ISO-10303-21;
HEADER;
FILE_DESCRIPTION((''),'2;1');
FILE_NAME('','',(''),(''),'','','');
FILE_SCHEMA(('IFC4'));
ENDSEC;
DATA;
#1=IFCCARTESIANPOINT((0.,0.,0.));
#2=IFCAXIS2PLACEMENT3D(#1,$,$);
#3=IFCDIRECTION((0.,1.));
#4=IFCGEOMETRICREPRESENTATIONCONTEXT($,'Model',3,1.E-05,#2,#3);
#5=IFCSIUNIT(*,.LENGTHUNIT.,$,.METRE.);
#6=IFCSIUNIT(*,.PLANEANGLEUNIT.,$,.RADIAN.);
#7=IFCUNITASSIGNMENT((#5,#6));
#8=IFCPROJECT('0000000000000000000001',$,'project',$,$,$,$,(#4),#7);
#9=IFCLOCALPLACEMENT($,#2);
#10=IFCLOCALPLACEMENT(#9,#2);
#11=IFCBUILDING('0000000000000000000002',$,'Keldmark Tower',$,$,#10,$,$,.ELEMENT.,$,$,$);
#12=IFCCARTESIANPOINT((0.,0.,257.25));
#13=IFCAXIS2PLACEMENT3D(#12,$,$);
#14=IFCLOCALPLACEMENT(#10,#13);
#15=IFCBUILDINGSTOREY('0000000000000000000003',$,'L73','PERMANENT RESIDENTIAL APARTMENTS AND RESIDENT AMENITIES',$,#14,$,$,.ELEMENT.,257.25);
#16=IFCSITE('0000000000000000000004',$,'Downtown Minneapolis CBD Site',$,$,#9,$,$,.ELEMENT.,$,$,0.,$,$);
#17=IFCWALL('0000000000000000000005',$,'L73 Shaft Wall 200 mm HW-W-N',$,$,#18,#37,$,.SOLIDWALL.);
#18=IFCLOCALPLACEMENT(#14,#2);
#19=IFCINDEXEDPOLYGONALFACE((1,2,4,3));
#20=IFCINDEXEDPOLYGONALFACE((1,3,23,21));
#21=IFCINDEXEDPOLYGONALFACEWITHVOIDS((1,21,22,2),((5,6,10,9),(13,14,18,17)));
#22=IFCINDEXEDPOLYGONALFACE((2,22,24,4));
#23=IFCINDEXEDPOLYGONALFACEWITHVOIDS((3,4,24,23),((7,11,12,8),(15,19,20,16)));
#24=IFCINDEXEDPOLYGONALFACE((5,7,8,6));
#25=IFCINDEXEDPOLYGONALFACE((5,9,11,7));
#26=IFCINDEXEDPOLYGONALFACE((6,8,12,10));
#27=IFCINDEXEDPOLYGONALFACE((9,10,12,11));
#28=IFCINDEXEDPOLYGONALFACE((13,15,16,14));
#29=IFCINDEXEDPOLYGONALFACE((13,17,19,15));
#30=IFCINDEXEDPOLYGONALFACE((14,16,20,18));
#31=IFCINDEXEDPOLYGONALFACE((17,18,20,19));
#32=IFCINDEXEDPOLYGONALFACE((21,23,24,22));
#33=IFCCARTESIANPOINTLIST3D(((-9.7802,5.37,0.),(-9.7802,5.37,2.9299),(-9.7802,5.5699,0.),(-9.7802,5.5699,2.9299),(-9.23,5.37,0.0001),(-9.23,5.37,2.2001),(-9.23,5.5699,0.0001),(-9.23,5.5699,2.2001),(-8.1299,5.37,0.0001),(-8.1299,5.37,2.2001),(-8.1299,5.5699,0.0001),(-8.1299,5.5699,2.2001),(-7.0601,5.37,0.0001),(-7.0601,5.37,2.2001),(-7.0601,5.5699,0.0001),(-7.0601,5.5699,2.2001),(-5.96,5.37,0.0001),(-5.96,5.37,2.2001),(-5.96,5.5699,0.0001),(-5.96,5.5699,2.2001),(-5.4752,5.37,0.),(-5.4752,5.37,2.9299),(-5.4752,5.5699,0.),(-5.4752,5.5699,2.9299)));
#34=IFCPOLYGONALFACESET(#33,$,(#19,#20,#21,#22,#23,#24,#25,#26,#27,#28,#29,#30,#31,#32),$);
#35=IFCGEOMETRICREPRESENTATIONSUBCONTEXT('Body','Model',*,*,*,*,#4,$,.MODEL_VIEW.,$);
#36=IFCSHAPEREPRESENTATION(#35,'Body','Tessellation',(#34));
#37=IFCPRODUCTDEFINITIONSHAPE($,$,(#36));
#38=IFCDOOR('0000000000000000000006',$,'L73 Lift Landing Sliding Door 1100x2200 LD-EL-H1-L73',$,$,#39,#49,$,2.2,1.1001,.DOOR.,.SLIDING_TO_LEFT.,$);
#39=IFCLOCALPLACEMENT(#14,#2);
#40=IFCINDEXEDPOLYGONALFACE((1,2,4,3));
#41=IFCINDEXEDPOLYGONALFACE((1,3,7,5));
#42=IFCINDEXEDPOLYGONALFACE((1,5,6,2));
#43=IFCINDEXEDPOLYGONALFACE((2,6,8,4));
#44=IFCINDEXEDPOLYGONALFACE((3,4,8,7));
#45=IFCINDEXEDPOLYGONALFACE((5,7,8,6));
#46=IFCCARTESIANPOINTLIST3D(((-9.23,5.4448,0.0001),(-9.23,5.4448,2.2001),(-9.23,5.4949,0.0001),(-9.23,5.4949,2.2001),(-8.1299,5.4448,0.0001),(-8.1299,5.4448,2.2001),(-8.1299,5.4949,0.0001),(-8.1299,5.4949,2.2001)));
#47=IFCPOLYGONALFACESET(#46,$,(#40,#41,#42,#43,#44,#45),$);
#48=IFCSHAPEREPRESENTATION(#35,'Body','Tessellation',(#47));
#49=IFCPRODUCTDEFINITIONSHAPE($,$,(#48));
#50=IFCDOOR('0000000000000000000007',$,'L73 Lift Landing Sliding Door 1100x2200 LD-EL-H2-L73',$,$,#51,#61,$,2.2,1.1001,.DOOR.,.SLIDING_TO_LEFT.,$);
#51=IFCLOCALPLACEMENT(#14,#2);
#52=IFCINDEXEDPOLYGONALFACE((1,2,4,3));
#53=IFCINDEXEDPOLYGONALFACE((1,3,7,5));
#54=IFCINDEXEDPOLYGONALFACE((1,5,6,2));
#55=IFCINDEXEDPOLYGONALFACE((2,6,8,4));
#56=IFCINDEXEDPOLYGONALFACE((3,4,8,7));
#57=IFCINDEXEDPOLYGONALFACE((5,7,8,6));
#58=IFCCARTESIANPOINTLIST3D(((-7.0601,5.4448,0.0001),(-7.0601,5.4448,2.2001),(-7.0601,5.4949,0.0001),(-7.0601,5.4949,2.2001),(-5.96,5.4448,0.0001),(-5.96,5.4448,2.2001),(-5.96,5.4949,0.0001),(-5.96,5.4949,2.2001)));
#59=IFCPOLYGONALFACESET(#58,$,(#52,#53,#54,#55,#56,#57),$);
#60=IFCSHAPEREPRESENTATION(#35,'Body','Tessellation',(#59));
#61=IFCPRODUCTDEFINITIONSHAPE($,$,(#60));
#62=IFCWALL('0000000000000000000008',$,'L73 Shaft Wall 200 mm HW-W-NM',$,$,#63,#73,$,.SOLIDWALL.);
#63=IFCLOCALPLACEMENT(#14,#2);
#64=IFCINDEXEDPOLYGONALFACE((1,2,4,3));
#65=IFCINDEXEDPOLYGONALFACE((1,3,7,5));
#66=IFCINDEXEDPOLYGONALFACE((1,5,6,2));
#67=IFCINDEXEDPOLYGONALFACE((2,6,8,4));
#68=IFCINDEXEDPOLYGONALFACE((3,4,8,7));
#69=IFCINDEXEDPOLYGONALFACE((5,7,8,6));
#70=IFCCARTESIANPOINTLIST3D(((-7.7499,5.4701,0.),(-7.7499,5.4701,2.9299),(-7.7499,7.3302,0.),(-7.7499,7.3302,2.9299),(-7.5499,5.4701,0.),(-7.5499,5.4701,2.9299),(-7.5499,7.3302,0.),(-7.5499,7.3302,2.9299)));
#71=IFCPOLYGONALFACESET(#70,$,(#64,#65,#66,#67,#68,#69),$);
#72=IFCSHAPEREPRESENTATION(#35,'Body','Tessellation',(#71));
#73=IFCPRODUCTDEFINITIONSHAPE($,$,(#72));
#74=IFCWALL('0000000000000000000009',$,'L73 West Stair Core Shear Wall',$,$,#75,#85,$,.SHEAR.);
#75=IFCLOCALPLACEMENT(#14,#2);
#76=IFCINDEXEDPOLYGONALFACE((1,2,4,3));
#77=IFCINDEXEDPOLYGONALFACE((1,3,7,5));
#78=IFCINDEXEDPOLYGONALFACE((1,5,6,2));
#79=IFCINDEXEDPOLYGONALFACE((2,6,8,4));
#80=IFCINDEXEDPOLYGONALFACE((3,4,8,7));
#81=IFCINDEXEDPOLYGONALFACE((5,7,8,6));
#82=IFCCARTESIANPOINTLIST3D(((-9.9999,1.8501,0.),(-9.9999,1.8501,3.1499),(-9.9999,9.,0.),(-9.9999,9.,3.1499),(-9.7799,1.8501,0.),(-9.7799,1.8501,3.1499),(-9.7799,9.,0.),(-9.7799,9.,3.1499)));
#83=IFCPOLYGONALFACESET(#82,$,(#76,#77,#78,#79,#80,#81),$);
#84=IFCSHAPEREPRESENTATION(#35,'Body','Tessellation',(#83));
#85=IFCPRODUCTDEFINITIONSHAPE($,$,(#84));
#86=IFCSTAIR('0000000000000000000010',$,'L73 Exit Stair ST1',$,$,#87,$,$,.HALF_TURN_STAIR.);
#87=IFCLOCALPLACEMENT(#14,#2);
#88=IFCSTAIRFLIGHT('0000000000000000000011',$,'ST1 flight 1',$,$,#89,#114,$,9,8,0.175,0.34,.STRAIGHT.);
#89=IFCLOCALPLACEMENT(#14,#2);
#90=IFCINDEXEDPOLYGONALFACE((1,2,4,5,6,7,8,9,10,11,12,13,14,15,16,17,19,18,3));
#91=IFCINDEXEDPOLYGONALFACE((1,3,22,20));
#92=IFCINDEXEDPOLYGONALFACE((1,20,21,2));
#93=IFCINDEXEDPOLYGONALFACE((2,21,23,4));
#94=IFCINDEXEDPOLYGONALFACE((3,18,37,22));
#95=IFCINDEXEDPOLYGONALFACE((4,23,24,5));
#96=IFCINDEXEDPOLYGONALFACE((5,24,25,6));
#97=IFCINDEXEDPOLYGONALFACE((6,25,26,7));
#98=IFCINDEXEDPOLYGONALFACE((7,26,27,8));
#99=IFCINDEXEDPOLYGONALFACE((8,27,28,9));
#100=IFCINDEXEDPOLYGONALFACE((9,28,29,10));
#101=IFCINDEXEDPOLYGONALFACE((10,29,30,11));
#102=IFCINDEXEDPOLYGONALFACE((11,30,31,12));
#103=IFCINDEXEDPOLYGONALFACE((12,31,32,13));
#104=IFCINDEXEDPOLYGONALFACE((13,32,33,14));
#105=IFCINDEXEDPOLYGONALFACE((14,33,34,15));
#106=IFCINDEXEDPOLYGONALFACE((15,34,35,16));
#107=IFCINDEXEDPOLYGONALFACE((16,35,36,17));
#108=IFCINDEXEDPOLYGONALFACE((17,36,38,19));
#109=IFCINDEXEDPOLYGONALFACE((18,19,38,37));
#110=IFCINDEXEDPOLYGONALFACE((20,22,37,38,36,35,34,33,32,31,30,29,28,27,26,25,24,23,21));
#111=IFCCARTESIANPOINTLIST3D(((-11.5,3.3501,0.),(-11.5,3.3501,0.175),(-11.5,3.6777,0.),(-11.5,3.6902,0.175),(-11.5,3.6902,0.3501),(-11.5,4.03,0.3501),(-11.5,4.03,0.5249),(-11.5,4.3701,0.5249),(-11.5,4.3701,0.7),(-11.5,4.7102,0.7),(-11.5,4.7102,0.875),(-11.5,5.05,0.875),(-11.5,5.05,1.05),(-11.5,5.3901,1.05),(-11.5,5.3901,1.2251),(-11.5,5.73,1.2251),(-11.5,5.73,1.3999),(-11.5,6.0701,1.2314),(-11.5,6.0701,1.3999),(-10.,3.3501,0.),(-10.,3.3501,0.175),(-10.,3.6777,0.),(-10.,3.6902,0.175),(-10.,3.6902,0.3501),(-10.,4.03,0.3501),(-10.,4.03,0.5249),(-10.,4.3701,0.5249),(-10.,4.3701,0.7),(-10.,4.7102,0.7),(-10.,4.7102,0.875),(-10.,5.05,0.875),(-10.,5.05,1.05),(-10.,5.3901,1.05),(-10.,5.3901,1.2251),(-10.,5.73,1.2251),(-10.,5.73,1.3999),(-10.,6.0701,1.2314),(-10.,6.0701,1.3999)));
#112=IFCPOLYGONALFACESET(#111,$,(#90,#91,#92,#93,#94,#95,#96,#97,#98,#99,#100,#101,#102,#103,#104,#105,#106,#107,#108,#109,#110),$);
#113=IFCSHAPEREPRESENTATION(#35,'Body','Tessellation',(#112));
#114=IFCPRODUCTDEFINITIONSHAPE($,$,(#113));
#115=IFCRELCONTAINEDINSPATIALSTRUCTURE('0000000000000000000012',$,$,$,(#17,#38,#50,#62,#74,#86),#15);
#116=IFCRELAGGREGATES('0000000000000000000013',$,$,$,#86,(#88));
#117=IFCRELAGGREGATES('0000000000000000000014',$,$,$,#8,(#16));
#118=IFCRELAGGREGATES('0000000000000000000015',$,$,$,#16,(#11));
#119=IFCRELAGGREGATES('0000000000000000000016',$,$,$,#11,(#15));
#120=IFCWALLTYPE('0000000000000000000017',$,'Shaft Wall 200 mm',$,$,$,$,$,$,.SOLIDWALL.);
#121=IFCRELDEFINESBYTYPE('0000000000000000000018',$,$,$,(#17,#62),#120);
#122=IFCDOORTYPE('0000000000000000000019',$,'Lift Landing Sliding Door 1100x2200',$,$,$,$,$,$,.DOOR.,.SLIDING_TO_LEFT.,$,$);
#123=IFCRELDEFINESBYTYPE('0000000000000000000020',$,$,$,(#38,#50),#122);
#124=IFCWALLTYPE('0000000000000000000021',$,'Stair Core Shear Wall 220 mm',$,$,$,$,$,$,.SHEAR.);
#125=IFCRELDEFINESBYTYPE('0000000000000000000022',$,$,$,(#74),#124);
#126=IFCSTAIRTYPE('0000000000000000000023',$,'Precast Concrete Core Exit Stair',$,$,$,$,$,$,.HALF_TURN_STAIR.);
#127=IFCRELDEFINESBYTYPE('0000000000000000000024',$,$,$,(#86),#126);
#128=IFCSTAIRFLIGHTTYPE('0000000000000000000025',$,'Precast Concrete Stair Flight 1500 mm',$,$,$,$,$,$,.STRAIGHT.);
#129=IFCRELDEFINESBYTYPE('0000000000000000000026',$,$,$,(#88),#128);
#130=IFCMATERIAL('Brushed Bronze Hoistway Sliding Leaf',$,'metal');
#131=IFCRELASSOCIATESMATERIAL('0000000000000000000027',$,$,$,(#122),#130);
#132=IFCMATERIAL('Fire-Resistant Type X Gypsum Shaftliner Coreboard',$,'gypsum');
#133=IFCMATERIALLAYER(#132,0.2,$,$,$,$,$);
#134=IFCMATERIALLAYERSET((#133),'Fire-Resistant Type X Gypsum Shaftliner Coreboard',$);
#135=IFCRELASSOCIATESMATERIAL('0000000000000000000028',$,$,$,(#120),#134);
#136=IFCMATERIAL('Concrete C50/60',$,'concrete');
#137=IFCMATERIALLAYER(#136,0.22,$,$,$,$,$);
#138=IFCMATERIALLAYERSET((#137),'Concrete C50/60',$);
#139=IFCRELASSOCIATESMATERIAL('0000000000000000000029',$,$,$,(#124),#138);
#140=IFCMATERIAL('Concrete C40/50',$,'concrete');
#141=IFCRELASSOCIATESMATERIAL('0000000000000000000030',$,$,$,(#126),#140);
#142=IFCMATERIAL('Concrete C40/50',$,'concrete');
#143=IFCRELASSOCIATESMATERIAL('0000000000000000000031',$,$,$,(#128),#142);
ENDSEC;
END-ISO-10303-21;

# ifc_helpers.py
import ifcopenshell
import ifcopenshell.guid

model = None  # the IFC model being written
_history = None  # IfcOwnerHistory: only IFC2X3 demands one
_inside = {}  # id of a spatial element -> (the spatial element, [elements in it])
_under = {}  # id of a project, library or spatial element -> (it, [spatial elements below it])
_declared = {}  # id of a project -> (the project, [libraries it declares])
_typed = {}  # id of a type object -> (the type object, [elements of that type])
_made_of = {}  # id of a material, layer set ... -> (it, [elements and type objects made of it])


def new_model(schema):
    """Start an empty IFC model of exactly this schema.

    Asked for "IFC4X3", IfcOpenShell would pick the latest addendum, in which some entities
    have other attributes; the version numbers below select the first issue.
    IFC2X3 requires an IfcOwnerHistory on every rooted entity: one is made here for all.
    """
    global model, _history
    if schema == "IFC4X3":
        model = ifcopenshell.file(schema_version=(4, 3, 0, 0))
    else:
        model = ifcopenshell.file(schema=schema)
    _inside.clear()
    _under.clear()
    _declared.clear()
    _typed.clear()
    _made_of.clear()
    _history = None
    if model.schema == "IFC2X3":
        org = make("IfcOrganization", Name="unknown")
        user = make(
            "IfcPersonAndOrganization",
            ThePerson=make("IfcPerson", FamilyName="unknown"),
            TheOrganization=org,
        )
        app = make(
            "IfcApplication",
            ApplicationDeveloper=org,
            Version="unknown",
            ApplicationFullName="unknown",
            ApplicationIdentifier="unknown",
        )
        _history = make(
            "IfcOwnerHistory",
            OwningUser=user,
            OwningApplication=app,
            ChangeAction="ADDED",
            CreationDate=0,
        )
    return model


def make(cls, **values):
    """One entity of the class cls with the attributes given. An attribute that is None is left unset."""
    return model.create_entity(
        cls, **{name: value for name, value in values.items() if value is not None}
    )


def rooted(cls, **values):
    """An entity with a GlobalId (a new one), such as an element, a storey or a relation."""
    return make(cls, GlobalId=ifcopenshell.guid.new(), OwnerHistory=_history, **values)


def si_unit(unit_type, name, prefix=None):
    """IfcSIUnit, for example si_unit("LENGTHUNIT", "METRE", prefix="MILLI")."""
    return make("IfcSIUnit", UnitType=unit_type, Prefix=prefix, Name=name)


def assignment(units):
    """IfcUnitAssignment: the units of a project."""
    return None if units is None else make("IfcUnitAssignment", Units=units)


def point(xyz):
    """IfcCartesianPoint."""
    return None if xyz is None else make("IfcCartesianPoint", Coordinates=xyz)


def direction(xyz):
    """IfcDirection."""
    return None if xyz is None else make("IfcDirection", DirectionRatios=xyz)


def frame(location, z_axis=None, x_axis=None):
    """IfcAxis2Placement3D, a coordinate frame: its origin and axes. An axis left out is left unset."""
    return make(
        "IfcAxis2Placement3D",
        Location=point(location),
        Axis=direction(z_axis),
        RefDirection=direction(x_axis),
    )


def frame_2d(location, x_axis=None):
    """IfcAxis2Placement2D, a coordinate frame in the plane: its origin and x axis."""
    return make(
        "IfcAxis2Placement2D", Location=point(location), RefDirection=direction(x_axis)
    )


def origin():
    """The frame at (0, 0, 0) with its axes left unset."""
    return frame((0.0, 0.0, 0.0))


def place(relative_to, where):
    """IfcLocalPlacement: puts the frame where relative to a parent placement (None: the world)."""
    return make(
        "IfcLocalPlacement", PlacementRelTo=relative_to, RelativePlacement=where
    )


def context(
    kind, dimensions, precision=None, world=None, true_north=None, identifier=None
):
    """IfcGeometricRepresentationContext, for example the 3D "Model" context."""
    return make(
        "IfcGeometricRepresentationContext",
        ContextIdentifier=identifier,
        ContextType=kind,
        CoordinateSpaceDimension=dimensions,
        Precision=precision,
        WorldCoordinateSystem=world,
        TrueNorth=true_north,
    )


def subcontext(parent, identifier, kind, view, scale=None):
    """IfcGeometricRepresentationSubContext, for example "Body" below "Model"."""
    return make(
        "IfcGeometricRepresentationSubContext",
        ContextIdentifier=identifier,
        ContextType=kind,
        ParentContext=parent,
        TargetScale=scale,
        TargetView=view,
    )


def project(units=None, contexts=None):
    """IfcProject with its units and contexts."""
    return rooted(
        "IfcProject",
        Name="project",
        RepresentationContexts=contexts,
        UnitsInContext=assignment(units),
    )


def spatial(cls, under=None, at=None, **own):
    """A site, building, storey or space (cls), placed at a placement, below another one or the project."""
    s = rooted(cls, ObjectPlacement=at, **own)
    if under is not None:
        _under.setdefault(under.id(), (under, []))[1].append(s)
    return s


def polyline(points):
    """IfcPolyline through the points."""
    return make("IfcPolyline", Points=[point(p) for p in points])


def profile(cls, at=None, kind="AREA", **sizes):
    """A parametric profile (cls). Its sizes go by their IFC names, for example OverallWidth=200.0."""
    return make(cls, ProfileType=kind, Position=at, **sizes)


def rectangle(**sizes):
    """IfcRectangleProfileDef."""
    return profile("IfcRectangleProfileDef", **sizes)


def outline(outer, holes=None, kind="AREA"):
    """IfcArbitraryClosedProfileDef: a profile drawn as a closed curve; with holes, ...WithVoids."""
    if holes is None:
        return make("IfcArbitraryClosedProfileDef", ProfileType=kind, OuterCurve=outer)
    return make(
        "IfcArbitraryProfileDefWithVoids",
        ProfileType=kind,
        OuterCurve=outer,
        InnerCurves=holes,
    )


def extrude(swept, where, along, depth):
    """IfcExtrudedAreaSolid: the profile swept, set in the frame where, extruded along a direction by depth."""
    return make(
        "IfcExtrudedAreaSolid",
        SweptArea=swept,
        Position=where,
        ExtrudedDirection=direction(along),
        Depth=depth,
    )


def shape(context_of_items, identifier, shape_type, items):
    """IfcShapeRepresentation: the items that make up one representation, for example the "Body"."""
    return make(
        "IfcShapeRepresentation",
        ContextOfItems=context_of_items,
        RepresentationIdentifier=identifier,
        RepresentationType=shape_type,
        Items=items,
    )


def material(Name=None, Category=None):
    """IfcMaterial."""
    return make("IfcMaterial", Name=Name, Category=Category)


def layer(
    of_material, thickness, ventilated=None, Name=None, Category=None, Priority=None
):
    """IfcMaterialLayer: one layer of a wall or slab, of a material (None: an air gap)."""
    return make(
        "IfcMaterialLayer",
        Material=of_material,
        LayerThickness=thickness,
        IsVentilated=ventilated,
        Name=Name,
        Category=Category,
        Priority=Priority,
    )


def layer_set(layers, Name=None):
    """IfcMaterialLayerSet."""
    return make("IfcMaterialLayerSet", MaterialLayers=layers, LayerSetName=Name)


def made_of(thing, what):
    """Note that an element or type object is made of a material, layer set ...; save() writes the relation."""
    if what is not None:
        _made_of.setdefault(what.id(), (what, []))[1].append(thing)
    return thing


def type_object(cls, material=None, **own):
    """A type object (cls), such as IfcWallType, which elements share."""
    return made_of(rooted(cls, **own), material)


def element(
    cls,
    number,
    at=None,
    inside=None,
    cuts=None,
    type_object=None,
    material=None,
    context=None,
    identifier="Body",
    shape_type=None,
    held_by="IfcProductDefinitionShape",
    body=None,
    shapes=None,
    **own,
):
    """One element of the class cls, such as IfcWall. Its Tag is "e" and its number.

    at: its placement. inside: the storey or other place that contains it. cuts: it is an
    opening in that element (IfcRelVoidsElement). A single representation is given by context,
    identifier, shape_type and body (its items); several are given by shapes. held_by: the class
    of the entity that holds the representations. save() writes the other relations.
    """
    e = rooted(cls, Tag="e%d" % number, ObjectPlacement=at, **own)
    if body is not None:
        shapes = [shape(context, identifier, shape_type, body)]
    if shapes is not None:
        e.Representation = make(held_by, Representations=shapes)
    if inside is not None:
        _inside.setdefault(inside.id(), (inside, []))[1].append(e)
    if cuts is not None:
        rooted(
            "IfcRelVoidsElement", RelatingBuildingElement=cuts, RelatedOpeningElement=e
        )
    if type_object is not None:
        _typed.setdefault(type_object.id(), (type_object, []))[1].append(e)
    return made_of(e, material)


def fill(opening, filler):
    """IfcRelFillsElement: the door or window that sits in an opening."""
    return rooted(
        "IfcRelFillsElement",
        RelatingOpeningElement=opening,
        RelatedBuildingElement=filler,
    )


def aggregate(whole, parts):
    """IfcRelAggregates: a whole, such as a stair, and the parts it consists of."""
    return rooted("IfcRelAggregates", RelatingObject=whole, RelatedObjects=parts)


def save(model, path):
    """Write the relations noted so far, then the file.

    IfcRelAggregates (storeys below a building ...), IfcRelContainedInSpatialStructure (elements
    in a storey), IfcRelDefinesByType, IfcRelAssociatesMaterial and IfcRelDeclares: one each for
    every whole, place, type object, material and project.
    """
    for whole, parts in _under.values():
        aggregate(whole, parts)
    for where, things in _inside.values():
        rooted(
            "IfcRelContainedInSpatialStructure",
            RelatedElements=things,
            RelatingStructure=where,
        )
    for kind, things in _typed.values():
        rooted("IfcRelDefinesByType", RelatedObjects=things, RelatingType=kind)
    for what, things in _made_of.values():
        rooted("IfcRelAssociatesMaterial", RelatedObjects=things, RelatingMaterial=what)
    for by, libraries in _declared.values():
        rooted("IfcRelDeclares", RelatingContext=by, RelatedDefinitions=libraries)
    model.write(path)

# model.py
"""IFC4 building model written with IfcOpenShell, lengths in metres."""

from ifc_helpers import new_model, si_unit, direction, frame, frame_2d, origin, place, context, subcontext, project, spatial, polyline, rectangle, outline, extrude, material, layer, layer_set, type_object, element, fill, aggregate, save


model = new_model("IFC4")

# Units and contexts
model_context = context("Model", 3, precision=1e-05, world=origin(), true_north=direction((0.0, 1.0)))
body_context = subcontext(model_context, "Body", "Model", "MODEL_VIEW")
ifc_project = project(units=[si_unit("LENGTHUNIT", "METRE"), si_unit("PLANEANGLEUNIT", "RADIAN")], contexts=[model_context])

# Site, building, storey
site_placement = place(None, origin())
site = spatial("IfcSite", under=ifc_project, at=site_placement, Name="Downtown Minneapolis CBD Site", CompositionType="ELEMENT", RefElevation=0.0)
building_placement = place(site_placement, origin())
building = spatial("IfcBuilding", under=site, at=building_placement, Name="Keldmark Tower", CompositionType="ELEMENT")
storey_placement = place(building_placement, frame((0.0, 0.0, 257.25)))
storey = spatial("IfcBuildingStorey", under=building, at=storey_placement, Name="L73", Description="PERMANENT RESIDENTIAL APARTMENTS AND RESIDENT AMENITIES", CompositionType="ELEMENT", Elevation=257.25)

# Shared definitions
ifc_material_1 = material(Name="Brushed Bronze Hoistway Sliding Leaf", Category="metal")
door_type_1 = type_object("IfcDoorType", Name="Lift Landing Sliding Door 1100x2200", OperationType="SLIDING_TO_LEFT", PredefinedType="DOOR", material=ifc_material_1)

# Shared definitions
ifc_material_2 = material(Name="Fire-Resistant Type X Gypsum Shaftliner Coreboard", Category="gypsum")
ifc_layer_1 = layer(ifc_material_2, 0.2)
ifc_layer_set_1 = layer_set([ifc_layer_1], Name="Fire-Resistant Type X Gypsum Shaftliner Coreboard")
wall_type_1 = type_object("IfcWallType", Name="Shaft Wall 200 mm", PredefinedType="SOLIDWALL", material=ifc_layer_set_1)

# Wall, openings, doors
wall_1_placement = place(storey_placement, frame((-9.78, 5.47, 0.0), z_axis=(0.0, 0.0, 1.0), x_axis=(1.0, 0.0, 0.0)))
wall_1 = element("IfcWall", 1, at=wall_1_placement, inside=storey, type_object=wall_type_1, Name="L73 Shaft Wall 200 mm HW-W-N", PredefinedType="SOLIDWALL", context=body_context, shape_type="SweptSolid", body=[
    extrude(rectangle(XDim=4.3049, YDim=0.2, at=frame_2d((2.1523, 0.0))), origin(), (0.0, 0.0, 1.0), 2.9299),
])
opening_1_placement = place(wall_1_placement, frame((0.55, 0.0, 0.0)))
opening_1 = element("IfcOpeningElement", 2, at=opening_1_placement, cuts=wall_1, PredefinedType="OPENING", context=body_context, shape_type="SweptSolid", body=[
    extrude(rectangle(XDim=1.1001, YDim=2.2, at=frame_2d((0.55, 1.1001))), frame((0.0, 0.1099, 0.0), z_axis=(0.0, -1.0, 0.0), x_axis=(1.0, 0.0, 0.0)), (0.0, 0.0, 1.0), 0.22),
])
opening_2_placement = place(wall_1_placement, frame((2.72, 0.0, 0.0)))
opening_2 = element("IfcOpeningElement", 3, at=opening_2_placement, cuts=wall_1, PredefinedType="OPENING", context=body_context, shape_type="SweptSolid", body=[
    extrude(rectangle(XDim=1.1001, YDim=2.2, at=frame_2d((0.55, 1.1001))), frame((0.0, 0.1099, 0.0), z_axis=(0.0, -1.0, 0.0), x_axis=(1.0, 0.0, 0.0)), (0.0, 0.0, 1.0), 0.22),
])
door_1_placement = place(opening_1_placement, origin())
door_1 = element("IfcDoor", 4, at=door_1_placement, inside=storey, type_object=door_type_1, Name="L73 Lift Landing Sliding Door 1100x2200 LD-EL-H1-L73", OperationType="SLIDING_TO_LEFT", OverallHeight=2.2, OverallWidth=1.1001, PredefinedType="DOOR", context=body_context, shape_type="SweptSolid", body=[
    extrude(rectangle(XDim=1.1001, YDim=2.2, at=frame_2d((0.55, 1.1001))), frame((0.0, 0.0249, 0.0), z_axis=(0.0, -1.0, 0.0), x_axis=(1.0, 0.0, 0.0)), (0.0, 0.0, 1.0), 0.05),
])
fill(opening_1, door_1)
door_2_placement = place(opening_2_placement, origin())
door_2 = element("IfcDoor", 5, at=door_2_placement, inside=storey, type_object=door_type_1, Name="L73 Lift Landing Sliding Door 1100x2200 LD-EL-H2-L73", OperationType="SLIDING_TO_LEFT", OverallHeight=2.2, OverallWidth=1.1001, PredefinedType="DOOR", context=body_context, shape_type="SweptSolid", body=[
    extrude(rectangle(XDim=1.1001, YDim=2.2, at=frame_2d((0.55, 1.1001))), frame((0.0, 0.0249, 0.0), z_axis=(0.0, -1.0, 0.0), x_axis=(1.0, 0.0, 0.0)), (0.0, 0.0, 1.0), 0.05),
])
fill(opening_2, door_2)

# Walls
wall_2_placement = place(storey_placement, frame((-7.6499, 5.47, 0.0), z_axis=(0.0, 0.0, 1.0), x_axis=(0.0, 1.0, 0.0)))
element("IfcWall", 6, at=wall_2_placement, inside=storey, type_object=wall_type_1, Name="L73 Shaft Wall 200 mm HW-W-NM", PredefinedType="SOLIDWALL", context=body_context, shape_type="SweptSolid", body=[
    extrude(rectangle(XDim=1.8601, YDim=0.2, at=frame_2d((0.9302, 0.0))), origin(), (0.0, 0.0, 1.0), 2.9299),
])
ifc_material_3 = material(Name="Concrete C50/60", Category="concrete")
ifc_layer_2 = layer(ifc_material_3, 0.22)
ifc_layer_set_2 = layer_set([ifc_layer_2], Name="Concrete C50/60")
wall_type_2 = type_object("IfcWallType", Name="Stair Core Shear Wall 220 mm", PredefinedType="SHEAR", material=ifc_layer_set_2)
wall_3_placement = place(storey_placement, frame((-9.8899, 1.8501, 0.0), z_axis=(0.0, 0.0, 1.0), x_axis=(0.0, 1.0, 0.0)))
element("IfcWall", 7, at=wall_3_placement, inside=storey, type_object=wall_type_2, Name="L73 West Stair Core Shear Wall", PredefinedType="SHEAR", context=body_context, shape_type="SweptSolid", body=[
    extrude(rectangle(XDim=7.1499, YDim=0.22, at=frame_2d((3.575, 0.0))), origin(), (0.0, 0.0, 1.0), 3.1499),
])

# Stair, stair flight
ifc_material_4 = material(Name="Concrete C40/50", Category="concrete")
stair_type = type_object("IfcStairType", Name="Precast Concrete Core Exit Stair", PredefinedType="HALF_TURN_STAIR", material=ifc_material_4)
stair_placement = place(storey_placement, origin())
stair = element("IfcStair", 8, at=stair_placement, inside=storey, type_object=stair_type, Name="L73 Exit Stair ST1", PredefinedType="HALF_TURN_STAIR")
ifc_material_5 = material(Name="Concrete C40/50", Category="concrete")
stair_flight_type = type_object("IfcStairFlightType", Name="Precast Concrete Stair Flight 1500 mm", PredefinedType="STRAIGHT", material=ifc_material_5)
stair_flight_placement = place(storey_placement, frame((-10.75, 3.3501, 0.0), z_axis=(0.0, 0.0, 1.0), x_axis=(0.0, 1.0, 0.0)))
stair_flight = element("IfcStairFlight", 9, at=stair_flight_placement, type_object=stair_flight_type, Name="ST1 flight 1", NumberOfRisers=9, NumberOfTreads=8, PredefinedType="STRAIGHT", RiserHeight=0.175, TreadLength=0.34, context=body_context, shape_type="SweptSolid", body=[
    extrude(outline(polyline([(0.0, 0.0), (0.0, 0.175), (0.3401, 0.175), (0.3401, 0.3501), (0.6799, 0.3501), (0.6799, 0.5249), (1.02, 0.5249), (1.02, 0.7), (1.3601, 0.7), (1.3601, 0.875), (1.7, 0.875), (1.7, 1.05), (2.04, 1.05), (2.04, 1.2251), (2.3799, 1.2251), (2.3799, 1.3999), (2.72, 1.3999), (2.72, 1.575), (2.72, 1.2314), (0.3276, 0.0), (0.0, 0.0)])), frame((0.0, 0.75, 0.0), z_axis=(0.0, -1.0, 0.0), x_axis=(1.0, 0.0, 0.0)), (0.0, 0.0, 1.0), 1.5),
])
aggregate(stair, [stair_flight])

save(model, "model.ifc")
